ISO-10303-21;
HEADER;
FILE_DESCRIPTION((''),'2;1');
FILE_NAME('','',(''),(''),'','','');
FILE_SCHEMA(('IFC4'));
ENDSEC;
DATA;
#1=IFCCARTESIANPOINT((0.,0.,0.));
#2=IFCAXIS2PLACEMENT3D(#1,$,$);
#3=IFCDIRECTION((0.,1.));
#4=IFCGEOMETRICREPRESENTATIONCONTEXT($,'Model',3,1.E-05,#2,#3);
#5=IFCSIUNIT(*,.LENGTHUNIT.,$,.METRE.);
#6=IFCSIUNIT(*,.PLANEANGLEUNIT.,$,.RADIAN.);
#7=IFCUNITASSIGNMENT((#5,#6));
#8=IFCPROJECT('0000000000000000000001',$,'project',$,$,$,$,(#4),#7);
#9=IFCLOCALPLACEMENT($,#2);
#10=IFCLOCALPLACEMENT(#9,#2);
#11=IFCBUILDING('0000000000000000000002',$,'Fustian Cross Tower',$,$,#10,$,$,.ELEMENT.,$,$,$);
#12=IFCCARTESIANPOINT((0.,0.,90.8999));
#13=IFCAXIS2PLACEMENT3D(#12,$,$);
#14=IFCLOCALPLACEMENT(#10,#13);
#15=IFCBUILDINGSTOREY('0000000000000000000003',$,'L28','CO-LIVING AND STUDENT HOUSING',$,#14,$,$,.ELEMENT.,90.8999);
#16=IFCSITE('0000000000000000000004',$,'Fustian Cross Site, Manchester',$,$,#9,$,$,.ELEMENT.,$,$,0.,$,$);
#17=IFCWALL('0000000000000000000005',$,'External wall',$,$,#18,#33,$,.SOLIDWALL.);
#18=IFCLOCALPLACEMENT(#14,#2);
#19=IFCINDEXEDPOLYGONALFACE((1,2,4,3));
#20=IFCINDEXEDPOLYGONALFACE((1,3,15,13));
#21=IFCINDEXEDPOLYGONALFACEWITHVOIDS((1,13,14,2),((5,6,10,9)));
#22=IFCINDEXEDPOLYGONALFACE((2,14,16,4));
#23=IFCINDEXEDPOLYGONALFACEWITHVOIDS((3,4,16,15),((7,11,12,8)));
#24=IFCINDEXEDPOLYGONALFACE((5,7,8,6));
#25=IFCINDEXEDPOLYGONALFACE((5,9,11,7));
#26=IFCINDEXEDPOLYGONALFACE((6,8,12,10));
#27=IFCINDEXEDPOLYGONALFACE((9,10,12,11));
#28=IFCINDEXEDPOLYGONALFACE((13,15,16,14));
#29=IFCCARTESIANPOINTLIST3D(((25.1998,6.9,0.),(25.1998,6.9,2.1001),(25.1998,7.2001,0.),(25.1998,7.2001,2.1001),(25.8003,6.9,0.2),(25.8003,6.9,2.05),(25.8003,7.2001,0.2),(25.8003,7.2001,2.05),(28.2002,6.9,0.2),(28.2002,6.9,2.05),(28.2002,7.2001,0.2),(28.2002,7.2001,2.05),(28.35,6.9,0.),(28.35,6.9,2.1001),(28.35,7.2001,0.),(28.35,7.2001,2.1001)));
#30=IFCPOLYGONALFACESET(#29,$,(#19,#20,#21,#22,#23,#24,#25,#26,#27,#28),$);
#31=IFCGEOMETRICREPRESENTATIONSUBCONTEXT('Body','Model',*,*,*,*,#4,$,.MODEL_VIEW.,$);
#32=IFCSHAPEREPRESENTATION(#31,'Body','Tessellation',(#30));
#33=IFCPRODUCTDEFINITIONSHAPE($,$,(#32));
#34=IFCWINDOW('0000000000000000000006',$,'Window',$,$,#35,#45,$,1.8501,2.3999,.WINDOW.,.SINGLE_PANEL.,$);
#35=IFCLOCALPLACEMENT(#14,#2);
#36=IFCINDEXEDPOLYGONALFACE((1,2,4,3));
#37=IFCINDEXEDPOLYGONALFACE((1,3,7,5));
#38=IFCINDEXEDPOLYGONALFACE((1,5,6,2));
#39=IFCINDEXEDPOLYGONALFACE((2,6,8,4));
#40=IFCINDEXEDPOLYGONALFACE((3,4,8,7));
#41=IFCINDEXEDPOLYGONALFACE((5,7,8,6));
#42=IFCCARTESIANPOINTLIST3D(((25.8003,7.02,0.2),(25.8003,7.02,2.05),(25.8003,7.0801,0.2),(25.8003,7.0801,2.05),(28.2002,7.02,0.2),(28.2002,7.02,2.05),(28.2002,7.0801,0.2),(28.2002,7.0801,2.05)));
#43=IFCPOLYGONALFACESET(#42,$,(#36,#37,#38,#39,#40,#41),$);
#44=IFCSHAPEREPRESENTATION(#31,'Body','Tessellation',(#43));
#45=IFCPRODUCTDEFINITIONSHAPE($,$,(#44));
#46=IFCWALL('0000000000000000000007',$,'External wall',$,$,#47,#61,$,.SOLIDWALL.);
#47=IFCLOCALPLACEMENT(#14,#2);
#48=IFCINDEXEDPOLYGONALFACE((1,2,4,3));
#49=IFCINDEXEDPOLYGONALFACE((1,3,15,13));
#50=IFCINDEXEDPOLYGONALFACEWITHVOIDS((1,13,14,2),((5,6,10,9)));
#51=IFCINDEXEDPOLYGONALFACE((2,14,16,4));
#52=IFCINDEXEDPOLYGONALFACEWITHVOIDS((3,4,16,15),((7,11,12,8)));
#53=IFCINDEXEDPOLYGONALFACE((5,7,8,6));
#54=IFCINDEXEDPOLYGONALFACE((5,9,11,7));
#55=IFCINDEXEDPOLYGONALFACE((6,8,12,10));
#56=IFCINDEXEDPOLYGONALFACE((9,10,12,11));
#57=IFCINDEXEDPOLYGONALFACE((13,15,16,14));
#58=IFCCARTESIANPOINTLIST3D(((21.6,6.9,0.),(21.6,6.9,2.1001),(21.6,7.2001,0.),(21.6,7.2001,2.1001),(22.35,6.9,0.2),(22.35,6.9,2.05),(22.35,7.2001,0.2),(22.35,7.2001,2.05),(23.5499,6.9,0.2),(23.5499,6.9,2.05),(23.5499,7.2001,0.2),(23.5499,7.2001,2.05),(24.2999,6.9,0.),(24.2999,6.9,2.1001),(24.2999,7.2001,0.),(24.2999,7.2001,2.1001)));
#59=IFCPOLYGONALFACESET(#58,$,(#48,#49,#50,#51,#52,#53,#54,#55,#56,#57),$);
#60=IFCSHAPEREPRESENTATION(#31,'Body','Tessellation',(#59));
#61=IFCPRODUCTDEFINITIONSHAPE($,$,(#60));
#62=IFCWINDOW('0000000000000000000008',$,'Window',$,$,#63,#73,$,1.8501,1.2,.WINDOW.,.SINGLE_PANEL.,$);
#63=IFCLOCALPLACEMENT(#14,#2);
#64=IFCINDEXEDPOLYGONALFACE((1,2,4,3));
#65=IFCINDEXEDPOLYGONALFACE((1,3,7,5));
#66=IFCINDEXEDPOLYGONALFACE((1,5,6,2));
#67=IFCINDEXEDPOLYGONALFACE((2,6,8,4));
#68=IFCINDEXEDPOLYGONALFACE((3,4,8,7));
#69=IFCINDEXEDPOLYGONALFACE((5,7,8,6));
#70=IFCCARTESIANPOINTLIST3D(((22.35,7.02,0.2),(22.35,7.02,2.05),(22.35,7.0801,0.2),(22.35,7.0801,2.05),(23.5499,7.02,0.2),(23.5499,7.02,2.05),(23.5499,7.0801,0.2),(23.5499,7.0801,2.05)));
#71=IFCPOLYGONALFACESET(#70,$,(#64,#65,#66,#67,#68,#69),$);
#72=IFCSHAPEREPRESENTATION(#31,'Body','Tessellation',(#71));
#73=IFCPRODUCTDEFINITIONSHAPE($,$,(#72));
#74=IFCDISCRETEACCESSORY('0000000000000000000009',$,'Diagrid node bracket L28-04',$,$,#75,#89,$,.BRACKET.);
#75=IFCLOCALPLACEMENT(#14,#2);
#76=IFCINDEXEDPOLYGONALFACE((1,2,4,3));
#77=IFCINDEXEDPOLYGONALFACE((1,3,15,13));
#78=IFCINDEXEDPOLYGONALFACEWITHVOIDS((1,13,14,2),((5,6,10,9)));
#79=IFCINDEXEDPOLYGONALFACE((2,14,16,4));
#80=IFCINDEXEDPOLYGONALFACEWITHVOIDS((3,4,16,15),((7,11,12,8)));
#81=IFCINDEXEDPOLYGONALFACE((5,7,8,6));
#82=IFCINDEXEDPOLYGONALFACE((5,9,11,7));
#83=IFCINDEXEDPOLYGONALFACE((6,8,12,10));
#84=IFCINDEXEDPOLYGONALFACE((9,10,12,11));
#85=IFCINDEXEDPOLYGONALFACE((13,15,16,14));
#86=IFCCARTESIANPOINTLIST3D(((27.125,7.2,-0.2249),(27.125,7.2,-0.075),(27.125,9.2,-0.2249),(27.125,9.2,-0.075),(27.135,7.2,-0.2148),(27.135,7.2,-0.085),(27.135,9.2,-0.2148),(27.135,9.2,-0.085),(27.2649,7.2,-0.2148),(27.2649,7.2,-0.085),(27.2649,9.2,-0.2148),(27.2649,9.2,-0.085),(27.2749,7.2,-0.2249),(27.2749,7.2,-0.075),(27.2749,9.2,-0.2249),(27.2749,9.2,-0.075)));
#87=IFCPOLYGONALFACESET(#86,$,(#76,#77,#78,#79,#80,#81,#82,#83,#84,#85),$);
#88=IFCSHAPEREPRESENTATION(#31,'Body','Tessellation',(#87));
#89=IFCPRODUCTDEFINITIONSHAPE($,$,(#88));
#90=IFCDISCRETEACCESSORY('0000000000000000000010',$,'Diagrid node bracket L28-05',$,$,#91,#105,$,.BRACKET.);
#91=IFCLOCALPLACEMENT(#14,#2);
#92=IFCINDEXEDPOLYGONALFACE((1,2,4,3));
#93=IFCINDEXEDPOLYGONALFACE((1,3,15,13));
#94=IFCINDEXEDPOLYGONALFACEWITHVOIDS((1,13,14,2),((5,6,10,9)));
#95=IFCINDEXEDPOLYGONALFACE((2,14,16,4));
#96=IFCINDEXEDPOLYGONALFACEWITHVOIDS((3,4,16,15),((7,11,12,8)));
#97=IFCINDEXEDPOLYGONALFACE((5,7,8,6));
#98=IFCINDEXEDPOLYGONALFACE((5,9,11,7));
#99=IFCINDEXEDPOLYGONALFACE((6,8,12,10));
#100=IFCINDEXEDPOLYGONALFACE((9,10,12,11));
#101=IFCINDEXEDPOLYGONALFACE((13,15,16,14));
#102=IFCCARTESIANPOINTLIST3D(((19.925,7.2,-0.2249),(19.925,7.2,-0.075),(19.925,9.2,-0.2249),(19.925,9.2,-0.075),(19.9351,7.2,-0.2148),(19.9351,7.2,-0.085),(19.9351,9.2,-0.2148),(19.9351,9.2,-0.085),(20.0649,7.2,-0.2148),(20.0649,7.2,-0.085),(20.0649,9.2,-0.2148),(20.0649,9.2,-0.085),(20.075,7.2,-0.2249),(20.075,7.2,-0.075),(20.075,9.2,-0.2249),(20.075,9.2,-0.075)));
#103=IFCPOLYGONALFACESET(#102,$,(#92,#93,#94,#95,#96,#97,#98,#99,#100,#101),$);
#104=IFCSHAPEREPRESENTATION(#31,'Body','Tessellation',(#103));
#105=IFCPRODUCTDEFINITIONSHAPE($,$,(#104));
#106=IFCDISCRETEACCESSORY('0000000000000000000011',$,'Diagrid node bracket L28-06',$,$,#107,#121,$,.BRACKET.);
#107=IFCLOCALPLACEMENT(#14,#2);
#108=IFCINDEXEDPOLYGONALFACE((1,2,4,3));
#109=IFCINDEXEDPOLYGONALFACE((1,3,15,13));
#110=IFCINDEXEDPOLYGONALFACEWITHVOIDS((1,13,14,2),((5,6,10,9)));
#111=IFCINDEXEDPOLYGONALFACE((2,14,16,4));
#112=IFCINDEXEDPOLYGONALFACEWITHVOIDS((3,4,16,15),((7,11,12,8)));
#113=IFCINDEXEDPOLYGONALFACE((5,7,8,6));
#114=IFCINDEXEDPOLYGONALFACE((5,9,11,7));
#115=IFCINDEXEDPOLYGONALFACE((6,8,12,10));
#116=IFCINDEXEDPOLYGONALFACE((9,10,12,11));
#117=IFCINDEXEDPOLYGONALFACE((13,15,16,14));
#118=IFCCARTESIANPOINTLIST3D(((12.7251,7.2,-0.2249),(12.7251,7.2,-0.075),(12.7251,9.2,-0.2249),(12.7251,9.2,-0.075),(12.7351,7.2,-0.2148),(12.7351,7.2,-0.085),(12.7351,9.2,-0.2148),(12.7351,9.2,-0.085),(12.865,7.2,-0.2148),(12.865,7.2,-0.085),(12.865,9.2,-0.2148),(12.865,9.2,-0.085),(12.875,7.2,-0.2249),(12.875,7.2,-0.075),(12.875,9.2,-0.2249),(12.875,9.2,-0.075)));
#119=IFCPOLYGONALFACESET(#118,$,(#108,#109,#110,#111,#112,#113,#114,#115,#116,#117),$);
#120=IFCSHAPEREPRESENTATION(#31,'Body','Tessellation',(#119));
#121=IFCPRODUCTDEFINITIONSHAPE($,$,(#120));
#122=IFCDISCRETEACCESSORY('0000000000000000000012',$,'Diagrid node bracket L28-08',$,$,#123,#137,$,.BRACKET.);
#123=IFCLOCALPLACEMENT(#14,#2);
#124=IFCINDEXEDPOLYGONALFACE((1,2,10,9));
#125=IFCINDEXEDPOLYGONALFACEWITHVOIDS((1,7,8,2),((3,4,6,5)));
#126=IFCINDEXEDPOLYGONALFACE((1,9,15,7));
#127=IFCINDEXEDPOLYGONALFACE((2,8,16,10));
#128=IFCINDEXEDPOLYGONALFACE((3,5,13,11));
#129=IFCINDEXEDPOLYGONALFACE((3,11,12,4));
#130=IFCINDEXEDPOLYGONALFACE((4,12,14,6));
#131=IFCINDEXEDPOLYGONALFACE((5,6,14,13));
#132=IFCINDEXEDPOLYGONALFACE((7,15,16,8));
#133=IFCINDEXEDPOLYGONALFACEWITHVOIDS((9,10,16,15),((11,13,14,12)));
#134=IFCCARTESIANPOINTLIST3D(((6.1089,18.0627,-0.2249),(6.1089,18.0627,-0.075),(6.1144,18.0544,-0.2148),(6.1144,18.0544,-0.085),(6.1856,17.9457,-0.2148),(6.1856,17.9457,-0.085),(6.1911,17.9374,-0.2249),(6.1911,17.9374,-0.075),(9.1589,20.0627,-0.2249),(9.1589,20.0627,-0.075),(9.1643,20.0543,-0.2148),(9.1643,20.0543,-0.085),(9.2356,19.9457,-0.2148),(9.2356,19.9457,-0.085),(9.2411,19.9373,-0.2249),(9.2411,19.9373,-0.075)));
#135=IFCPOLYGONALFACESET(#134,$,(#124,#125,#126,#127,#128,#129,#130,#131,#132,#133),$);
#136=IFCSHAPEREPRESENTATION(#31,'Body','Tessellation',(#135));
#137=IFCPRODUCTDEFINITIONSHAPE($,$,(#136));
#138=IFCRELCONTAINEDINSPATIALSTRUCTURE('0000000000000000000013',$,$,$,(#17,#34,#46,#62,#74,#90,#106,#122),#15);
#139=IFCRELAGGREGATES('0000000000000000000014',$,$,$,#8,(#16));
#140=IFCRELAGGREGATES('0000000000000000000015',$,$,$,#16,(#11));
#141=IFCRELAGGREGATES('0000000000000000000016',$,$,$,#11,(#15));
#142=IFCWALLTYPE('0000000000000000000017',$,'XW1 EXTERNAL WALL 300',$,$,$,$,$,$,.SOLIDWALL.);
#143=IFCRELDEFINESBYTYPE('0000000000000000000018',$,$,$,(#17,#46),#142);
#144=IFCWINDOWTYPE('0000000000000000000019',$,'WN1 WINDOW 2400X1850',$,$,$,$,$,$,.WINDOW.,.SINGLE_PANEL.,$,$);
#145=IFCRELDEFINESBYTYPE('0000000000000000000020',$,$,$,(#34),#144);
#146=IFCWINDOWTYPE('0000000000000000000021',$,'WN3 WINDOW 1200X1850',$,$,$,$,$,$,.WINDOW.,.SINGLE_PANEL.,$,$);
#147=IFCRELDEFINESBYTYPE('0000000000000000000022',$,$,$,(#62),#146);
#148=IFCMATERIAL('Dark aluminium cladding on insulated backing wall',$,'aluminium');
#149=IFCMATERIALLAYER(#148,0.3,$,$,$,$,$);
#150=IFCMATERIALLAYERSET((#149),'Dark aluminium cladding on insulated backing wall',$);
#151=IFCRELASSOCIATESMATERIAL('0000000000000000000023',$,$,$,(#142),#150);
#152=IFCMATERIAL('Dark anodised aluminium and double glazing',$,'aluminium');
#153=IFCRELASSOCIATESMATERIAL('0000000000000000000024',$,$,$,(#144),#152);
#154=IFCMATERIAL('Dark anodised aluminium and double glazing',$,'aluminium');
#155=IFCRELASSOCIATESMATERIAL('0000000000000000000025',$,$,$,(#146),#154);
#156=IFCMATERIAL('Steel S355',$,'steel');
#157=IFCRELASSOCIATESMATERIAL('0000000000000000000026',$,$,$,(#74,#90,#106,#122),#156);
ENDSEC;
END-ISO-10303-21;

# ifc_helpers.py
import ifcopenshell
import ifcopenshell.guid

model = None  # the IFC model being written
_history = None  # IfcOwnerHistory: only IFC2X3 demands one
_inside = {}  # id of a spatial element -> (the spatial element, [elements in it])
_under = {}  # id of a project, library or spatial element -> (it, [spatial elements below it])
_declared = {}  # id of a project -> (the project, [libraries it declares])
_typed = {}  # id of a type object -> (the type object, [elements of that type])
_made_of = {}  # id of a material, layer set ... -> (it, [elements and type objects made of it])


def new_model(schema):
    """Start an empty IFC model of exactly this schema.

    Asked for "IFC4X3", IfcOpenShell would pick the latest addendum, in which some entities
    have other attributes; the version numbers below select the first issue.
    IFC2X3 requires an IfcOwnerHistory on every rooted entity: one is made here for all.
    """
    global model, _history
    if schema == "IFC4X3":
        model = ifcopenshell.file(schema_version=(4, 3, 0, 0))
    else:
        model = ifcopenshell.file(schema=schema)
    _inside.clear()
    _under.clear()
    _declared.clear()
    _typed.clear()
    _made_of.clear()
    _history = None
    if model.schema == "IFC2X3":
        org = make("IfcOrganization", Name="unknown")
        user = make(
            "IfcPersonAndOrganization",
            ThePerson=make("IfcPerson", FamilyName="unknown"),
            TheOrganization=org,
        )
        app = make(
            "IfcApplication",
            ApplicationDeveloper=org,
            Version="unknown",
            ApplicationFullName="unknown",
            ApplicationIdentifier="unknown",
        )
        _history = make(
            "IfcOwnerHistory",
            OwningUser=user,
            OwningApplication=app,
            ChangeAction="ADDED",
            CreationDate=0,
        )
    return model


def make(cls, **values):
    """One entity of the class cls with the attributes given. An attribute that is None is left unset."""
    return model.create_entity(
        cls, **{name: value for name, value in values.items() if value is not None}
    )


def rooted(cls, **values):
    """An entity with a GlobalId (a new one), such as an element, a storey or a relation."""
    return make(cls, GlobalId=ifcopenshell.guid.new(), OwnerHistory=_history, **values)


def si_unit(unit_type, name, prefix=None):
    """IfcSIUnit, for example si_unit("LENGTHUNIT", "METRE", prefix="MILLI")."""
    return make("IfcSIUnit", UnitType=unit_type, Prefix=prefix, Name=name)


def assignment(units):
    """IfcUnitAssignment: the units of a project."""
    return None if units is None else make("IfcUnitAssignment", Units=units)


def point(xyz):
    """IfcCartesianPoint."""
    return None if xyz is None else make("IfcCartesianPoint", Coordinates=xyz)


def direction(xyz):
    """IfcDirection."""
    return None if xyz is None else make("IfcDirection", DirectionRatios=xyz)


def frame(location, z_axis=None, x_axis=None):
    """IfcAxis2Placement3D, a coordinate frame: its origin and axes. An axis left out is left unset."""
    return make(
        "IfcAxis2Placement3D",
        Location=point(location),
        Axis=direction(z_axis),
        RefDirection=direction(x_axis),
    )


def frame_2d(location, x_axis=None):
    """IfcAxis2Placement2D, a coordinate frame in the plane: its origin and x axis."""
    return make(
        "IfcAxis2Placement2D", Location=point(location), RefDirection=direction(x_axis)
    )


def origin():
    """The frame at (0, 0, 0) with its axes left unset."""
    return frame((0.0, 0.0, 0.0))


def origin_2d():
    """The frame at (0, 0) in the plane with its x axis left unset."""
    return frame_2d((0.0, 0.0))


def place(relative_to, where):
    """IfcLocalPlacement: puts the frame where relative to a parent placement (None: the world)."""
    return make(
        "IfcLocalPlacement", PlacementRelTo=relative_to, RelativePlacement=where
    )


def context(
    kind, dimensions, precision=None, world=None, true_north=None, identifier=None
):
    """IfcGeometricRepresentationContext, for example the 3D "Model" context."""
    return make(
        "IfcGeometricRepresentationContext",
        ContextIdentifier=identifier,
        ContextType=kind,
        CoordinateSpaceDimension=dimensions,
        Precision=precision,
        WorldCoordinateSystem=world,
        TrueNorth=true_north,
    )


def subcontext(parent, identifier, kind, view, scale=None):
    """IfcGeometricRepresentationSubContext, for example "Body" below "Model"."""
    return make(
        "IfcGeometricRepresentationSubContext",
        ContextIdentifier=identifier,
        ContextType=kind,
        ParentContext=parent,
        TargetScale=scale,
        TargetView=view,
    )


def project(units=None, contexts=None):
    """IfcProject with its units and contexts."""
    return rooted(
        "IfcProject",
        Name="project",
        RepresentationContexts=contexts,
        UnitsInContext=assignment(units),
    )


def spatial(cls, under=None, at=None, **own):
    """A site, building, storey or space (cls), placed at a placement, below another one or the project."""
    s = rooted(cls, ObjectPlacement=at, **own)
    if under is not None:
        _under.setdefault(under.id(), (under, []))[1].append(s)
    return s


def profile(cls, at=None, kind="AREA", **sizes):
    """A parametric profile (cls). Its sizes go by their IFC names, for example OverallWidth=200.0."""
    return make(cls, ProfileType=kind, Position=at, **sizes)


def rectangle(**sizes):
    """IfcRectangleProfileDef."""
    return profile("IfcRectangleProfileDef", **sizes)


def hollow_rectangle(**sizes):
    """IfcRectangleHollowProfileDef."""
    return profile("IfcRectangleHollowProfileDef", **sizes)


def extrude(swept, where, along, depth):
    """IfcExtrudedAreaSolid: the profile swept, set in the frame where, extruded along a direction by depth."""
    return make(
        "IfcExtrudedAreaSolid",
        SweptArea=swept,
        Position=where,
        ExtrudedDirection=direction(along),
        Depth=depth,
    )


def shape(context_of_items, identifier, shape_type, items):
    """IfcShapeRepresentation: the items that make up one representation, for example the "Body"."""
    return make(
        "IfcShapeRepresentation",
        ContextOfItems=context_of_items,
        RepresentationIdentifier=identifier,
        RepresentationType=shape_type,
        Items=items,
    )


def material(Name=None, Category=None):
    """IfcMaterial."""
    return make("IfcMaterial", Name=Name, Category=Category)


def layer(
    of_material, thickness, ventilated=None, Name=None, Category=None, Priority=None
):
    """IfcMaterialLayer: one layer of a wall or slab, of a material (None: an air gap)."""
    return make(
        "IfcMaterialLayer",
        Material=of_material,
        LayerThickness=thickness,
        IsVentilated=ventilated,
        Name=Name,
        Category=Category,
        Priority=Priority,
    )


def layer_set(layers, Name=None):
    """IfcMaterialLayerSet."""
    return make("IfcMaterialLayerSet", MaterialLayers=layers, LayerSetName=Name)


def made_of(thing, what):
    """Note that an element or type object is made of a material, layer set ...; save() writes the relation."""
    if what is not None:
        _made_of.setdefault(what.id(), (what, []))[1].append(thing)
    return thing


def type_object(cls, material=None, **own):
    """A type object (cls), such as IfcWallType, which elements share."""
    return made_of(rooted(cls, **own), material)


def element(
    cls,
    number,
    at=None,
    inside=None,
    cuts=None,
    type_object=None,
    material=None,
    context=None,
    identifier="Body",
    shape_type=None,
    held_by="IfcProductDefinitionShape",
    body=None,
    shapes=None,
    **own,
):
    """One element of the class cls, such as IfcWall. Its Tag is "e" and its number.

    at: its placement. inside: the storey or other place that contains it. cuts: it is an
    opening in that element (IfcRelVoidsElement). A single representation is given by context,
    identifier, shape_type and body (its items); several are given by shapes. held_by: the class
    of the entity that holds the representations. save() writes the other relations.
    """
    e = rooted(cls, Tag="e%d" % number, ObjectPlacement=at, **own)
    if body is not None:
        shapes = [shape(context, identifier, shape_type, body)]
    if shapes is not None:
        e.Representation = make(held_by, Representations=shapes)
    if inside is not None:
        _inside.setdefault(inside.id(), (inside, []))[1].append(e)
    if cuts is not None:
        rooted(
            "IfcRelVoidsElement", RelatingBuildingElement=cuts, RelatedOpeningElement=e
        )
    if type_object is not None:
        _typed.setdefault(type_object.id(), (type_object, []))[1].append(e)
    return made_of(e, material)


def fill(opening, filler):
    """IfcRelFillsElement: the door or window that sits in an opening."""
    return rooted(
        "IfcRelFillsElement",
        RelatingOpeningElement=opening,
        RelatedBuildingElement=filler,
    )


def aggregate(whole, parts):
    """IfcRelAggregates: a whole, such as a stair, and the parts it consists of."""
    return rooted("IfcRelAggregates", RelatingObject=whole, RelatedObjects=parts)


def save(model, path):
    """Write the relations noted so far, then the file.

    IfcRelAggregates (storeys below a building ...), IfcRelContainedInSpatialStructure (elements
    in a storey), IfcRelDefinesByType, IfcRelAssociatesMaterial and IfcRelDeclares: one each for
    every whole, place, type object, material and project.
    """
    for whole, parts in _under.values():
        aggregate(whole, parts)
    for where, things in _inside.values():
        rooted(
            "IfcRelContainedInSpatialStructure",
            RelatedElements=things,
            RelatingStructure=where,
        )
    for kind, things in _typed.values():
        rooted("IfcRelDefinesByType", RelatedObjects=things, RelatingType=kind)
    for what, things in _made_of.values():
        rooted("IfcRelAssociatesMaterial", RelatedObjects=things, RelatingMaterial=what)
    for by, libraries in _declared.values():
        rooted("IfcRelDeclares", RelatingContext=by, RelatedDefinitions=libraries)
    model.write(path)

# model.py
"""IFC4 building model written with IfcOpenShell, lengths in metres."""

from ifc_helpers import new_model, si_unit, direction, frame, frame_2d, origin, origin_2d, place, context, subcontext, project, spatial, rectangle, hollow_rectangle, extrude, material, layer, layer_set, type_object, element, fill, save


model = new_model("IFC4")

# Units and contexts
model_context = context("Model", 3, precision=1e-05, world=origin(), true_north=direction((0.0, 1.0)))
body_context = subcontext(model_context, "Body", "Model", "MODEL_VIEW")
ifc_project = project(units=[si_unit("LENGTHUNIT", "METRE"), si_unit("PLANEANGLEUNIT", "RADIAN")], contexts=[model_context])

# Site, building, storey
site_placement = place(None, origin())
site = spatial("IfcSite", under=ifc_project, at=site_placement, Name="Fustian Cross Site, Manchester", CompositionType="ELEMENT", RefElevation=0.0)
building_placement = place(site_placement, origin())
building = spatial("IfcBuilding", under=site, at=building_placement, Name="Fustian Cross Tower", CompositionType="ELEMENT")
storey_placement = place(building_placement, frame((0.0, 0.0, 90.8999)))
storey = spatial("IfcBuildingStorey", under=building, at=storey_placement, Name="L28", Description="CO-LIVING AND STUDENT HOUSING", CompositionType="ELEMENT", Elevation=90.8999)

# Walls, openings, windows
ifc_material_1 = material(Name="Dark aluminium cladding on insulated backing wall", Category="aluminium")
ifc_layer = layer(ifc_material_1, 0.3)
ifc_layer_set = layer_set([ifc_layer], Name="Dark aluminium cladding on insulated backing wall")
wall_type = type_object("IfcWallType", Name="XW1 EXTERNAL WALL 300", PredefinedType="SOLIDWALL", material=ifc_layer_set)
wall_1_placement = place(storey_placement, frame((28.3501, 7.05, 0.0), z_axis=(0.0, 0.0, 1.0), x_axis=(-1.0, 0.0, 0.0)))
wall_1 = element("IfcWall", 1, at=wall_1_placement, inside=storey, type_object=wall_type, Name="External wall", PredefinedType="SOLIDWALL", context=body_context, shape_type="SweptSolid", body=[
    extrude(rectangle(XDim=3.1501, YDim=0.3, at=frame_2d((1.5752, 0.0))), origin(), (0.0, 0.0, 1.0), 2.1001),
])
opening_1_placement = place(wall_1_placement, frame((0.1499, 0.0, 0.2)))
opening_1 = element("IfcOpeningElement", 2, at=opening_1_placement, cuts=wall_1, PredefinedType="OPENING", context=body_context, shape_type="SweptSolid", body=[
    extrude(rectangle(XDim=2.3999, YDim=1.8501, at=frame_2d((1.2, 0.925))), frame((0.0, 0.1599, 0.0), z_axis=(0.0, -1.0, 0.0), x_axis=(1.0, 0.0, 0.0)), (0.0, 0.0, 1.0), 0.3201),
])
ifc_material_2 = material(Name="Dark anodised aluminium and double glazing", Category="aluminium")
window_type_1 = type_object("IfcWindowType", Name="WN1 WINDOW 2400X1850", PartitioningType="SINGLE_PANEL", PredefinedType="WINDOW", material=ifc_material_2)
window_1_placement = place(opening_1_placement, origin())
window_1 = element("IfcWindow", 3, at=window_1_placement, inside=storey, type_object=window_type_1, Name="Window", OverallHeight=1.8501, OverallWidth=2.3999, PartitioningType="SINGLE_PANEL", PredefinedType="WINDOW", context=body_context, shape_type="SweptSolid", body=[
    extrude(rectangle(XDim=2.3999, YDim=1.8501, at=frame_2d((1.2, 0.925))), frame((0.0, 0.03, 0.0), z_axis=(0.0, -1.0, 0.0), x_axis=(1.0, 0.0, 0.0)), (0.0, 0.0, 1.0), 0.0601),
])
fill(opening_1, window_1)
wall_2_placement = place(storey_placement, frame((24.3, 7.05, 0.0), z_axis=(0.0, 0.0, 1.0), x_axis=(-1.0, 0.0, 0.0)))
wall_2 = element("IfcWall", 4, at=wall_2_placement, inside=storey, type_object=wall_type, Name="External wall", PredefinedType="SOLIDWALL", context=body_context, shape_type="SweptSolid", body=[
    extrude(rectangle(XDim=2.7, YDim=0.3, at=frame_2d((1.3501, 0.0))), origin(), (0.0, 0.0, 1.0), 2.1001),
])
opening_2_placement = place(wall_2_placement, frame((0.75, 0.0, 0.2)))
opening_2 = element("IfcOpeningElement", 5, at=opening_2_placement, cuts=wall_2, PredefinedType="OPENING", context=body_context, shape_type="SweptSolid", body=[
    extrude(rectangle(XDim=1.2, YDim=1.8501, at=frame_2d((0.6001, 0.925))), frame((0.0, 0.1599, 0.0), z_axis=(0.0, -1.0, 0.0), x_axis=(1.0, 0.0, 0.0)), (0.0, 0.0, 1.0), 0.3201),
])
ifc_material_3 = material(Name="Dark anodised aluminium and double glazing", Category="aluminium")
window_type_2 = type_object("IfcWindowType", Name="WN3 WINDOW 1200X1850", PartitioningType="SINGLE_PANEL", PredefinedType="WINDOW", material=ifc_material_3)
window_2_placement = place(opening_2_placement, origin())
window_2 = element("IfcWindow", 6, at=window_2_placement, inside=storey, type_object=window_type_2, Name="Window", OverallHeight=1.8501, OverallWidth=1.2, PartitioningType="SINGLE_PANEL", PredefinedType="WINDOW", context=body_context, shape_type="SweptSolid", body=[
    extrude(rectangle(XDim=1.2, YDim=1.8501, at=frame_2d((0.6001, 0.925))), frame((0.0, 0.03, 0.0), z_axis=(0.0, -1.0, 0.0), x_axis=(1.0, 0.0, 0.0)), (0.0, 0.0, 1.0), 0.0601),
])
fill(opening_2, window_2)

# Discrete accessories
ifc_material_4 = material(Name="Steel S355", Category="steel")
for number, where, z_axis, x_axis, name in (
    (7, (27.2, 9.2, -0.1499), (0.0, -1.0, 0.0), (1.0, 0.0, 0.0), "Diagrid node bracket L28-04"),
    (8, (20.0, 9.2, -0.1499), (0.0, -1.0, 0.0), (1.0, 0.0, 0.0), "Diagrid node bracket L28-05"),
    (9, (12.8, 9.2, -0.1499), (0.0, -1.0, 0.0), (1.0, 0.0, 0.0), "Diagrid node bracket L28-06"),
):
    element("IfcDiscreteAccessory", number, at=place(storey_placement, frame(where, z_axis=z_axis, x_axis=x_axis)), inside=storey, material=ifc_material_4, Name=name, PredefinedType="BRACKET", context=body_context, shape_type="SweptSolid", body=[
        extrude(hollow_rectangle(XDim=0.1499, YDim=0.1499, WallThickness=0.01, at=origin_2d()), origin(), (0.0, 0.0, 1.0), 2.0),
    ])
discrete_accessory_placement = place(storey_placement, frame((9.2, 20.0, -0.1499), z_axis=(-0.836248, -0.548351, 0.0), x_axis=(0.548351, -0.836248, 0.0)))
element("IfcDiscreteAccessory", 10, at=discrete_accessory_placement, inside=storey, material=ifc_material_4, Name="Diagrid node bracket L28-08", PredefinedType="BRACKET", context=body_context, shape_type="SweptSolid", body=[
    extrude(hollow_rectangle(XDim=0.1499, YDim=0.1499, WallThickness=0.01, at=origin_2d()), origin(), (0.0, 0.0, 1.0), 3.6472),
])

save(model, "model.ifc")
